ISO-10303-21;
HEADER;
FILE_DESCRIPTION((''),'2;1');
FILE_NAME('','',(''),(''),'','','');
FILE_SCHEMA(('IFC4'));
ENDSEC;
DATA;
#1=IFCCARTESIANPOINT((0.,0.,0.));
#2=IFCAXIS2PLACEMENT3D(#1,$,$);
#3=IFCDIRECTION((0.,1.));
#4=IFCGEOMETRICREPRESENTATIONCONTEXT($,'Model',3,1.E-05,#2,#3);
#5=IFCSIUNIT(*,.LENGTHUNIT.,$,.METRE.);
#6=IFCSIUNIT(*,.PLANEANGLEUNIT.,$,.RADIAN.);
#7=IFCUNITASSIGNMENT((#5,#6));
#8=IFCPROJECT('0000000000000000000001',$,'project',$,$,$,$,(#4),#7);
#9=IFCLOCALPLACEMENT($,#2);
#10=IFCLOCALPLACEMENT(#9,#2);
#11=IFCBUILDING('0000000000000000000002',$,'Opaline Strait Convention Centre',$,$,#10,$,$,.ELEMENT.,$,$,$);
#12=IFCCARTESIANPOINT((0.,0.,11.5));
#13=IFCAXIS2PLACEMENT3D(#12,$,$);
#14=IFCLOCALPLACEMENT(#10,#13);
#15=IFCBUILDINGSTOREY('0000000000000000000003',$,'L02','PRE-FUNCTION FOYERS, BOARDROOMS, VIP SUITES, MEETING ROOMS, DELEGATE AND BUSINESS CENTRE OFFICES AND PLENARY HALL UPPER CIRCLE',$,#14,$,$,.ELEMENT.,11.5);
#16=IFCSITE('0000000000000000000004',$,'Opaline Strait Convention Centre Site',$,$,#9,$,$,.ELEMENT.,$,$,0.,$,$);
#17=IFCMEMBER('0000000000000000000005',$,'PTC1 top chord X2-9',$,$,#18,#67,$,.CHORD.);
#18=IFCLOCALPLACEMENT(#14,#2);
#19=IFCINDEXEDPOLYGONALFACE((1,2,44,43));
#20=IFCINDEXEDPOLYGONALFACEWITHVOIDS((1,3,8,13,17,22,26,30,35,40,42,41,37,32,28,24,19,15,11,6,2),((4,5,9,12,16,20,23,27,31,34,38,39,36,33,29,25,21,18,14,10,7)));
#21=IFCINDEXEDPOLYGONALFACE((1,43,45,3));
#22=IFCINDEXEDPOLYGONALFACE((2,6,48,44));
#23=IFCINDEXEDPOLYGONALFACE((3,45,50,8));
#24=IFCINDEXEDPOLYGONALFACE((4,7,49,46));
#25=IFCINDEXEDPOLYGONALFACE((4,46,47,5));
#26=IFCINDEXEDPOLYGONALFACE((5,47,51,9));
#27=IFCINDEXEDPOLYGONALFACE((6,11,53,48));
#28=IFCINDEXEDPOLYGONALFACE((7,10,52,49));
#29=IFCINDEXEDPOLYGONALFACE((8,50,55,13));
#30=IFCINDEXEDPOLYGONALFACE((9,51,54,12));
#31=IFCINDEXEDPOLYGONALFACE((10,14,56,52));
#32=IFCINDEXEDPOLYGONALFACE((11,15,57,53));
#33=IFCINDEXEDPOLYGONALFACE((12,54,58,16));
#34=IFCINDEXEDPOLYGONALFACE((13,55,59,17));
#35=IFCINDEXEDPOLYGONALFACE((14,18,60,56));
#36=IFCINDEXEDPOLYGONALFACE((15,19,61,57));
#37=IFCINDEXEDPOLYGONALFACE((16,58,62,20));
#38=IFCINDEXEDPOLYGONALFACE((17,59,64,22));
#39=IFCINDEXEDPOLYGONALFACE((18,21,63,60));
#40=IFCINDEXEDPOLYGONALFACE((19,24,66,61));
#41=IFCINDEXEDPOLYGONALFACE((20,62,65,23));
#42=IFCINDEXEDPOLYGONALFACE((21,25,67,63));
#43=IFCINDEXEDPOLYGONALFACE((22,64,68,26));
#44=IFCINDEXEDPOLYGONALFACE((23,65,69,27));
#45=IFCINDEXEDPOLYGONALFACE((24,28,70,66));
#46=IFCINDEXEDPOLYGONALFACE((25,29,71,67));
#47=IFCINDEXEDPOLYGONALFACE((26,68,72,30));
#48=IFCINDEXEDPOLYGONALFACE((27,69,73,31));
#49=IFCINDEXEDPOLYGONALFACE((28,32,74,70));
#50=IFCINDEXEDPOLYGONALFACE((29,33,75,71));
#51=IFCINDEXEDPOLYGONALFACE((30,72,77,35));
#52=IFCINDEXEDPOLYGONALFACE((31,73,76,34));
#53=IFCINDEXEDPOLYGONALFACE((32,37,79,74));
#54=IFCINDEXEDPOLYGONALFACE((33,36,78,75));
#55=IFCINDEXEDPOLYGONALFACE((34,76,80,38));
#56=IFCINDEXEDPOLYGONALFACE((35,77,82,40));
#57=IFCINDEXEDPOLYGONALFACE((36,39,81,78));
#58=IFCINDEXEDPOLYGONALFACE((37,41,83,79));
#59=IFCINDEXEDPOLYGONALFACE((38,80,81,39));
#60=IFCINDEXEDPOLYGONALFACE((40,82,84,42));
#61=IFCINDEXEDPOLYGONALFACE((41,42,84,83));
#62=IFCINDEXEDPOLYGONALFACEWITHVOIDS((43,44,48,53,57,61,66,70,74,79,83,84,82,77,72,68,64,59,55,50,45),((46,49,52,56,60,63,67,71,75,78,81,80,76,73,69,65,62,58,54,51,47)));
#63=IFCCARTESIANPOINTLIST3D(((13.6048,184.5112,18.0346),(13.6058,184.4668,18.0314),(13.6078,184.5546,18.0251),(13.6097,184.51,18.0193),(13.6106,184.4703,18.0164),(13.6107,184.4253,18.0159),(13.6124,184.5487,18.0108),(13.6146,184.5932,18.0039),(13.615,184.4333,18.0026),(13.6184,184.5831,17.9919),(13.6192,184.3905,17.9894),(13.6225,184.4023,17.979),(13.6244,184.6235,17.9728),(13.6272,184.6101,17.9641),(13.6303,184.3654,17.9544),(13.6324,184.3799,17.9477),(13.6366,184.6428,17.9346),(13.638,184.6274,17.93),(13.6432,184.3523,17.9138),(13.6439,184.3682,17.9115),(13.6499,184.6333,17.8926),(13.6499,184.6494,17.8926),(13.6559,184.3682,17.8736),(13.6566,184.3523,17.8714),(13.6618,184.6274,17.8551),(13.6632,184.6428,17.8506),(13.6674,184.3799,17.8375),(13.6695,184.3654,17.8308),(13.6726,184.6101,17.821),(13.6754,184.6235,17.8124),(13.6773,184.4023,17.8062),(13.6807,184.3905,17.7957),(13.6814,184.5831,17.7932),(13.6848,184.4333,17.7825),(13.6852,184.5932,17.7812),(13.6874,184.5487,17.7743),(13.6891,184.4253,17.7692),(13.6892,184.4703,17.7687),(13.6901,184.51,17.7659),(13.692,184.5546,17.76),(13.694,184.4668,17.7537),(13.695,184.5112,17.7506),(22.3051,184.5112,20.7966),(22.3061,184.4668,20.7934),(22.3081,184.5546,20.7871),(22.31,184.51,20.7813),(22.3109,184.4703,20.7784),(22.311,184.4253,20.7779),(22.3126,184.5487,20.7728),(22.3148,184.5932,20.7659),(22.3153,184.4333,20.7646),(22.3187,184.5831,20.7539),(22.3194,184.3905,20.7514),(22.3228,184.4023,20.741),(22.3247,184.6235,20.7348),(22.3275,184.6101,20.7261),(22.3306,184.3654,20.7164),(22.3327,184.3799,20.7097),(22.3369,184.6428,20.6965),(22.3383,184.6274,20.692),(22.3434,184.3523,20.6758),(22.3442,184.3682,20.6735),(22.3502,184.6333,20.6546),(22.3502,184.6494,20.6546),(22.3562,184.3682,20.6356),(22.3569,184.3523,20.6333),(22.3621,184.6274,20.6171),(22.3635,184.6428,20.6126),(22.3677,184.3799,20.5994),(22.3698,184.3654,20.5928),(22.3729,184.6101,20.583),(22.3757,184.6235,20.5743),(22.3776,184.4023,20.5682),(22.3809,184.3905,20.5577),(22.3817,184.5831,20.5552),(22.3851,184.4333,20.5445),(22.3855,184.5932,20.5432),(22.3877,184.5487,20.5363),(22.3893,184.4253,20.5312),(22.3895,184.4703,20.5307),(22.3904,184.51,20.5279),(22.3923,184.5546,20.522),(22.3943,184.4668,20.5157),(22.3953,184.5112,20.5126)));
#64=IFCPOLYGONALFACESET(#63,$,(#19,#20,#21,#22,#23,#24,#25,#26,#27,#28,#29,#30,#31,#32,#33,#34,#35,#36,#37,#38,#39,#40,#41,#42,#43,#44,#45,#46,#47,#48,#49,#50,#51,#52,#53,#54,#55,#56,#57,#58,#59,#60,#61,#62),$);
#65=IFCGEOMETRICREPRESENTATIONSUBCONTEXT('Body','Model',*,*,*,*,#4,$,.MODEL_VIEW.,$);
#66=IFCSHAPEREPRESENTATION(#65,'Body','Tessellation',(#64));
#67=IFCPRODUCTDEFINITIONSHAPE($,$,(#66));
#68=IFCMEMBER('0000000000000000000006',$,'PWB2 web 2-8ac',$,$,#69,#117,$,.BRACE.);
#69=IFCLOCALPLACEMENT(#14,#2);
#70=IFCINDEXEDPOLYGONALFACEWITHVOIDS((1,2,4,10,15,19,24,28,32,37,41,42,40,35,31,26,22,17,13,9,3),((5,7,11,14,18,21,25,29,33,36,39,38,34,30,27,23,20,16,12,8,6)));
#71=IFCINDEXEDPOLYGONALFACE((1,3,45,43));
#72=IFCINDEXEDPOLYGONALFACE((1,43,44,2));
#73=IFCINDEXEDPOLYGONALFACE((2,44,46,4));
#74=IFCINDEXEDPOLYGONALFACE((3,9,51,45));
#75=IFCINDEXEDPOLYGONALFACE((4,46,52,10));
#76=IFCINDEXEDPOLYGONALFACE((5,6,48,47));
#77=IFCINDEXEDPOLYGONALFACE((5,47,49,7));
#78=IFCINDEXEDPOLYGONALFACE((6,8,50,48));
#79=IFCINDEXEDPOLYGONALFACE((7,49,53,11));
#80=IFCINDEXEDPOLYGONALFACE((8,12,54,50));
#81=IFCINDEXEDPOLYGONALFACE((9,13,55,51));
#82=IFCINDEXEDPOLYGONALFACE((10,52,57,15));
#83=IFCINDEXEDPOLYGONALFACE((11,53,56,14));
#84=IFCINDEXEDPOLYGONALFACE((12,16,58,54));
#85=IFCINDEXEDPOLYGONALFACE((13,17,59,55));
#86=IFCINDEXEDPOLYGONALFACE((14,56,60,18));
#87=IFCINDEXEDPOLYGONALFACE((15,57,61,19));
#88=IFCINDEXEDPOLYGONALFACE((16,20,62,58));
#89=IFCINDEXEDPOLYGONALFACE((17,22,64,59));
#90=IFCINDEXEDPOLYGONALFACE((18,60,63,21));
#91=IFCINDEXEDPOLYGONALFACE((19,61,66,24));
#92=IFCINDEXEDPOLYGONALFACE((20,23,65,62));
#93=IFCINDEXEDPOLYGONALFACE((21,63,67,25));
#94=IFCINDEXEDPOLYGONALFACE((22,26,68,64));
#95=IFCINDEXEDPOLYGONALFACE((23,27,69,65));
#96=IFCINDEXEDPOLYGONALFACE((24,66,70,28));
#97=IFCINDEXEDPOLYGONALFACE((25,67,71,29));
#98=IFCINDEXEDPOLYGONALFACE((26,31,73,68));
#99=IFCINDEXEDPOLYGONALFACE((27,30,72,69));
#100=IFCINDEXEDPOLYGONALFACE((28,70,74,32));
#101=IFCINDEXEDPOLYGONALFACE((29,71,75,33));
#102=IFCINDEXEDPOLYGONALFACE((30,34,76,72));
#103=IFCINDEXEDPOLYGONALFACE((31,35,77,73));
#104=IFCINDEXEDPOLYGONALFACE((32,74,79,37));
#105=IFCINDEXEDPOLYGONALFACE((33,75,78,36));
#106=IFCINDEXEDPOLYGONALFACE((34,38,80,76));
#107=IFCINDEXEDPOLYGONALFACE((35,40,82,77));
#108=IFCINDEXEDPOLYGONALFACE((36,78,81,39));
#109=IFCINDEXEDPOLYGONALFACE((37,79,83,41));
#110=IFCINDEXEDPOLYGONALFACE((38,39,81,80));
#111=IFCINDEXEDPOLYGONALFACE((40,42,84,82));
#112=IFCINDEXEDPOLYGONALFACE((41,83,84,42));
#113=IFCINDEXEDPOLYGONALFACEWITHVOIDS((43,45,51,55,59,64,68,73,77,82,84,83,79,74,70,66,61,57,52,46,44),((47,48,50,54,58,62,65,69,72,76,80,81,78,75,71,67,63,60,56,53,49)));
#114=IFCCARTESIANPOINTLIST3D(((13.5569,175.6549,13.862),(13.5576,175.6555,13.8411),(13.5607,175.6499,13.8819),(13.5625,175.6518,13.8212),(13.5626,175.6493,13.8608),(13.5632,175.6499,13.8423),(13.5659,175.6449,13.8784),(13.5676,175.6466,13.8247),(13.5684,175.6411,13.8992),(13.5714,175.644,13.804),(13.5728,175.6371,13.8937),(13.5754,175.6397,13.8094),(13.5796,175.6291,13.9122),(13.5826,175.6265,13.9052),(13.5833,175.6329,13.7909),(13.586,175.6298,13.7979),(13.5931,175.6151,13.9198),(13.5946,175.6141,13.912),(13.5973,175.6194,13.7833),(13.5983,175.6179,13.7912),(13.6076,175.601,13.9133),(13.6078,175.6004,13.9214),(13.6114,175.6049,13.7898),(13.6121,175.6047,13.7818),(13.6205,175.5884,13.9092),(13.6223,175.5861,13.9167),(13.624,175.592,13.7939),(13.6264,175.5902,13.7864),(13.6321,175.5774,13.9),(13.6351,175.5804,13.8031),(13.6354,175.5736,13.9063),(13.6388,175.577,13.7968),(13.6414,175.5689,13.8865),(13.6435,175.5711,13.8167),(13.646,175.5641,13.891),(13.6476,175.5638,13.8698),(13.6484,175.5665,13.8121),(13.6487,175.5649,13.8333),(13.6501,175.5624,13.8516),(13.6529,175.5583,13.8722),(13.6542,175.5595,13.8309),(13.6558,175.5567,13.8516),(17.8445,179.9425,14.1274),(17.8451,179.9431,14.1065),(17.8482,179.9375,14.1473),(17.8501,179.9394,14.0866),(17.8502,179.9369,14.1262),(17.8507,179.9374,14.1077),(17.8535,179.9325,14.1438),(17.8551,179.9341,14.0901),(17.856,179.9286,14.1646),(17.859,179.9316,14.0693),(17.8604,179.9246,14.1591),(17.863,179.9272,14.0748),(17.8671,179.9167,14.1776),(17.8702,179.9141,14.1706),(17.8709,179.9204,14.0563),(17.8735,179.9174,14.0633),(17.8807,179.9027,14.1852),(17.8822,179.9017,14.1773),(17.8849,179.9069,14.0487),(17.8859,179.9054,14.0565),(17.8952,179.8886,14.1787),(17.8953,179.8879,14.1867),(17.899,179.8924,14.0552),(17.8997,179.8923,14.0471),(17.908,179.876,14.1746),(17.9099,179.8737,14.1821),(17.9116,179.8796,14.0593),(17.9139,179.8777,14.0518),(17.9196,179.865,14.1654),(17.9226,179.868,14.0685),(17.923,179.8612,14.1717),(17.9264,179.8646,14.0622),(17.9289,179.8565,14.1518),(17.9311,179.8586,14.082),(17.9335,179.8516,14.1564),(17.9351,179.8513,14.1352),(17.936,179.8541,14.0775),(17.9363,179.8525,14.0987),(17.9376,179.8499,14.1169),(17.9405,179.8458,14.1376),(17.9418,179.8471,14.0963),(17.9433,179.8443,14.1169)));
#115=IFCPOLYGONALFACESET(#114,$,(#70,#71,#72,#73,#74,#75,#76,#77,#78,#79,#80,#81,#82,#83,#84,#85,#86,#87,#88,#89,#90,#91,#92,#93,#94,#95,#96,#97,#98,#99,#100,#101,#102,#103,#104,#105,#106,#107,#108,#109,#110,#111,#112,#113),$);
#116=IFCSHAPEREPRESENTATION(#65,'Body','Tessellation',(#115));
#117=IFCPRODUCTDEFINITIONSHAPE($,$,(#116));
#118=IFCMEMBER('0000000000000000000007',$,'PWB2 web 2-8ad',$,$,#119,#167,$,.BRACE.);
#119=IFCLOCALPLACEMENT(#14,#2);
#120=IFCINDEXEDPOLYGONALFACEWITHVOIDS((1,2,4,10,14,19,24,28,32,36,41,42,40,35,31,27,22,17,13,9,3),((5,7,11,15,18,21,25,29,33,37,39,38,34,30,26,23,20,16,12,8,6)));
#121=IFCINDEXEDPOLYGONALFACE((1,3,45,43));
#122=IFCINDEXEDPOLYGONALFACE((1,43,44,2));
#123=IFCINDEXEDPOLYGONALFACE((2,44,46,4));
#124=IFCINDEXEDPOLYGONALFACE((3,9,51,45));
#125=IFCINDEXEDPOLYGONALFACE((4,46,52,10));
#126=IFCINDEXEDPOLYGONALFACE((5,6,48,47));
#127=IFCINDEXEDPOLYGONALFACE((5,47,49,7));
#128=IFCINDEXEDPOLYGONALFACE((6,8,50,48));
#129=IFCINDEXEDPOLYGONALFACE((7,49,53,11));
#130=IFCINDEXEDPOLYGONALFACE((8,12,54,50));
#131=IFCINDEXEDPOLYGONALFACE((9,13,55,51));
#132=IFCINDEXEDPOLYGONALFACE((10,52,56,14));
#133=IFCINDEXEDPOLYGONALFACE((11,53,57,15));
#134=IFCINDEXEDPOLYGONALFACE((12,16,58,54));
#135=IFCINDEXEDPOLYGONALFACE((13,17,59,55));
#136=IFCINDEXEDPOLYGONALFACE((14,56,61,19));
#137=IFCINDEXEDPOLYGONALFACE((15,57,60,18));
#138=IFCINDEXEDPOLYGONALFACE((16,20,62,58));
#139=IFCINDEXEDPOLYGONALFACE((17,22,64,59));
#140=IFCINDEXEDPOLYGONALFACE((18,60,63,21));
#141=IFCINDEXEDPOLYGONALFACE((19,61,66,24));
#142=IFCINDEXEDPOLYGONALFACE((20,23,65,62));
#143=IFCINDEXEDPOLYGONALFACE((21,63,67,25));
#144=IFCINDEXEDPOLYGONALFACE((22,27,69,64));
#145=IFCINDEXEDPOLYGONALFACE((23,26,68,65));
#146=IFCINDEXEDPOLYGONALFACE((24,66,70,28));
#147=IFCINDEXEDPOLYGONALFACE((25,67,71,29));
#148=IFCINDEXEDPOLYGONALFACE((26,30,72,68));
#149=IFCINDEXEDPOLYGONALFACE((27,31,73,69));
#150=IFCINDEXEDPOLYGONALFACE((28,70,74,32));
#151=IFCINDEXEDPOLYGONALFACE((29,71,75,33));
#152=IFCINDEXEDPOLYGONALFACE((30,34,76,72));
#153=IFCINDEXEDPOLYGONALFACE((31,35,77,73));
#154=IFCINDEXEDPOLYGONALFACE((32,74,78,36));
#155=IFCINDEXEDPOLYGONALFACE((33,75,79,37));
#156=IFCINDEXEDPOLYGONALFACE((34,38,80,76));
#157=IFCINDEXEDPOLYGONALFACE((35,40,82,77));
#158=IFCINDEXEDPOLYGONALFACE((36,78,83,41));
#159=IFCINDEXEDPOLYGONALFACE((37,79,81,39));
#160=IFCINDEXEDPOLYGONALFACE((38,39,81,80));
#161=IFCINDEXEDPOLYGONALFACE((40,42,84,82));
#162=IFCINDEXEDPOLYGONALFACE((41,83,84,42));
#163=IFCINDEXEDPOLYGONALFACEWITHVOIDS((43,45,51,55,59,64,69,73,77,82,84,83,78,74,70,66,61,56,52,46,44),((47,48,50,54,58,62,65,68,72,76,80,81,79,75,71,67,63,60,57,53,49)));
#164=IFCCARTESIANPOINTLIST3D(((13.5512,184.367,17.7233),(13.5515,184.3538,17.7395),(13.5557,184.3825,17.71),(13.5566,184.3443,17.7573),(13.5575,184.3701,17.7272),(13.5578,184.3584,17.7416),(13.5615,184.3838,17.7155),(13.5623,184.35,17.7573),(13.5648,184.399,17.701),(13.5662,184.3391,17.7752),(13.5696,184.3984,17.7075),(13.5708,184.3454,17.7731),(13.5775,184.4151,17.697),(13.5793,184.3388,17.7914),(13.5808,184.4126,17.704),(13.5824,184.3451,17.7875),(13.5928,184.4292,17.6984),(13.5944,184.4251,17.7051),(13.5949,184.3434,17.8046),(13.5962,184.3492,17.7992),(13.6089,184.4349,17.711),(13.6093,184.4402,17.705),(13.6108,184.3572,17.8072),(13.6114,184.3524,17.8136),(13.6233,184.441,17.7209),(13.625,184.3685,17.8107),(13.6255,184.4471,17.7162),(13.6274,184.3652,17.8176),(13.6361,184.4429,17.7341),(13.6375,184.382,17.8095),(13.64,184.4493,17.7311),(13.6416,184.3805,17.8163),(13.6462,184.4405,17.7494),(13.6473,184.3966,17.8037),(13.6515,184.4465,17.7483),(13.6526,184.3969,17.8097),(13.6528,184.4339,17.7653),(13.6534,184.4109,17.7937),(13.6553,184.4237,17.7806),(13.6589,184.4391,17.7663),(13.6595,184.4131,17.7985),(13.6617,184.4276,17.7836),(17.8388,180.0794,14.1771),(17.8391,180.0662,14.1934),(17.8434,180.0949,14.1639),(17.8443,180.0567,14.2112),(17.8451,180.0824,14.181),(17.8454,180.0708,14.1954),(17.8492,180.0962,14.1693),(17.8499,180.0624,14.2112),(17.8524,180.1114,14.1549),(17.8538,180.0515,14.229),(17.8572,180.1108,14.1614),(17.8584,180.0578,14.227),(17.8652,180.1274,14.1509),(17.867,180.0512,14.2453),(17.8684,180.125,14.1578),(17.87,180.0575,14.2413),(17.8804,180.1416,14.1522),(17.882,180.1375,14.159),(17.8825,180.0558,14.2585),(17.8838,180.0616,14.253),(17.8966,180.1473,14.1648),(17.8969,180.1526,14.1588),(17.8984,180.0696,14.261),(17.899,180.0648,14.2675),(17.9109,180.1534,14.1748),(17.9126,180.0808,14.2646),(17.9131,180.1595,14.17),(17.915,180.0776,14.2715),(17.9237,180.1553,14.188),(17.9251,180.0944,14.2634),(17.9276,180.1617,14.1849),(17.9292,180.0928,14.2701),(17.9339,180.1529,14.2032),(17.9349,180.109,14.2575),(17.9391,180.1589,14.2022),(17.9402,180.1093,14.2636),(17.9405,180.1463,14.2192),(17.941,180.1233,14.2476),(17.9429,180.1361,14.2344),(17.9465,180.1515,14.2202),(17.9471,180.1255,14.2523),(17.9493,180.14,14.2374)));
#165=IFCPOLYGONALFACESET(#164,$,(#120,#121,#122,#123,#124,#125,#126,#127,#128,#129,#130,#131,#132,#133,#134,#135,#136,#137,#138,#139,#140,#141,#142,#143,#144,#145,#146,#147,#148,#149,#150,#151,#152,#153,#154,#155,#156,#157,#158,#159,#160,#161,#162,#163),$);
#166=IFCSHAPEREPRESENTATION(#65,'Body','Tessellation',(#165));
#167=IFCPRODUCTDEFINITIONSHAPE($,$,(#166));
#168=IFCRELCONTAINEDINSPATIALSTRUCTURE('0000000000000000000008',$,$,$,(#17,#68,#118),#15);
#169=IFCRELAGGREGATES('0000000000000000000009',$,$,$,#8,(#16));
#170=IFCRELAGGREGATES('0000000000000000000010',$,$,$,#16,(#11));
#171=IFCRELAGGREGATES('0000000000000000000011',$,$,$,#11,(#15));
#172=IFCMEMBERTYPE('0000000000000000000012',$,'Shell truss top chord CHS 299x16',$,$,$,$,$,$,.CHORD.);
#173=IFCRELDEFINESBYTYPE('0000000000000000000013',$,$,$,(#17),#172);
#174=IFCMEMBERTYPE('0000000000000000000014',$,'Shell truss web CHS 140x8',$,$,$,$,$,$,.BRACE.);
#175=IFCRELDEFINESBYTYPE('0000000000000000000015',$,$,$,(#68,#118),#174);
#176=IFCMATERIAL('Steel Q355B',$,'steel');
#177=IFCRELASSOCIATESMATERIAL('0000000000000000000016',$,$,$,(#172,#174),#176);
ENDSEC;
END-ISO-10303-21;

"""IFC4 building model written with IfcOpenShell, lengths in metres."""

from ifc_helpers import new_model, si_unit, direction, frame, origin, origin_2d, place, context, subcontext, project, spatial, hollow_circle, extrude, material, material_profile, profile_set, type_object, element, save


model = new_model("IFC4")

# Units and contexts
model_context = context("Model", 3, precision=1e-05, world=origin(), true_north=direction((0.0, 1.0)))
body_context = subcontext(model_context, "Body", "Model", "MODEL_VIEW")
ifc_project = project(units=[si_unit("LENGTHUNIT", "METRE"), si_unit("PLANEANGLEUNIT", "RADIAN")], contexts=[model_context])

# Site, building, storey
site_placement = place(None, origin())
site = spatial("IfcSite", under=ifc_project, at=site_placement, Name="Opaline Strait Convention Centre Site", CompositionType="ELEMENT", RefElevation=0.0)
building_placement = place(site_placement, origin())
building = spatial("IfcBuilding", under=site, at=building_placement, Name="Opaline Strait Convention Centre", CompositionType="ELEMENT")
storey_placement = place(building_placement, frame((0.0, 0.0, 11.5)))
storey = spatial("IfcBuildingStorey", under=building, at=storey_placement, Name="L02", Description="PRE-FUNCTION FOYERS, BOARDROOMS, VIP SUITES, MEETING ROOMS, DELEGATE AND BUSINESS CENTRE OFFICES AND PLENARY HALL UPPER CIRCLE", CompositionType="ELEMENT", Elevation=11.5)

# Members
ifc_material_1 = material(Name="Steel Q355B", Category="steel")
ifc_material_profile_1 = material_profile(ifc_material_1, hollow_circle(Radius=0.1494, WallThickness=0.0161, at=origin_2d()), Name="CHS 299x16")
ifc_profile_set_1 = profile_set([ifc_material_profile_1], Name="Steel Q355B")
member_type_1 = type_object("IfcMemberType", Name="Shell truss top chord CHS 299x16", PredefinedType="CHORD", material=ifc_profile_set_1)
member_1_placement = place(storey_placement, frame((13.6499, 184.5, 17.8926), z_axis=(0.953124, 0.0, 0.302579), x_axis=(0.0, 1.0, 0.0)))
element("IfcMember", 1, at=member_1_placement, inside=storey, type_object=member_type_1, Name="PTC1 top chord X2-9", PredefinedType="CHORD", context=body_context, shape_type="SweptSolid", body=[
    extrude(hollow_circle(Radius=0.1494, WallThickness=0.0161, at=origin_2d()), origin(), (0.0, 0.0, 1.0), 9.1282),
])
ifc_material_profile_2 = material_profile(ifc_material_1, hollow_circle(Radius=0.0701, WallThickness=0.0081, at=origin_2d()), Name="CHS 140x8")
ifc_profile_set_2 = profile_set([ifc_material_profile_2], Name="Steel Q355B")
member_type_2 = type_object("IfcMemberType", Name="Shell truss web CHS 140x8", PredefinedType="BRACE", material=ifc_profile_set_2)
member_2_placement = place(storey_placement, frame((17.8938, 179.8938, 14.1169), z_axis=(-0.706431, -0.706431, -0.043725), x_axis=(0.707107, -0.707107, 0.0)))
element("IfcMember", 2, at=member_2_placement, inside=storey, type_object=member_type_2, Name="PWB2 web 2-8ac", PredefinedType="BRACE", context=body_context, shape_type="SweptSolid", body=[
    extrude(hollow_circle(Radius=0.0701, WallThickness=0.0081, at=origin_2d()), origin(), (0.0, 0.0, 1.0), 6.0693),
])
member_3_placement = place(storey_placement, frame((17.8938, 180.1062, 14.2112), z_axis=(-0.610387, 0.610387, 0.504833), x_axis=(-0.707107, -0.707107, 0.0)))
element("IfcMember", 3, at=member_3_placement, inside=storey, type_object=member_type_2, Name="PWB2 web 2-8ad", PredefinedType="BRACE", context=body_context, shape_type="SweptSolid", body=[
    extrude(hollow_circle(Radius=0.0701, WallThickness=0.0081, at=origin_2d()), origin(), (0.0, 0.0, 1.0), 7.0244),
])

save(model, "model.ifc")
